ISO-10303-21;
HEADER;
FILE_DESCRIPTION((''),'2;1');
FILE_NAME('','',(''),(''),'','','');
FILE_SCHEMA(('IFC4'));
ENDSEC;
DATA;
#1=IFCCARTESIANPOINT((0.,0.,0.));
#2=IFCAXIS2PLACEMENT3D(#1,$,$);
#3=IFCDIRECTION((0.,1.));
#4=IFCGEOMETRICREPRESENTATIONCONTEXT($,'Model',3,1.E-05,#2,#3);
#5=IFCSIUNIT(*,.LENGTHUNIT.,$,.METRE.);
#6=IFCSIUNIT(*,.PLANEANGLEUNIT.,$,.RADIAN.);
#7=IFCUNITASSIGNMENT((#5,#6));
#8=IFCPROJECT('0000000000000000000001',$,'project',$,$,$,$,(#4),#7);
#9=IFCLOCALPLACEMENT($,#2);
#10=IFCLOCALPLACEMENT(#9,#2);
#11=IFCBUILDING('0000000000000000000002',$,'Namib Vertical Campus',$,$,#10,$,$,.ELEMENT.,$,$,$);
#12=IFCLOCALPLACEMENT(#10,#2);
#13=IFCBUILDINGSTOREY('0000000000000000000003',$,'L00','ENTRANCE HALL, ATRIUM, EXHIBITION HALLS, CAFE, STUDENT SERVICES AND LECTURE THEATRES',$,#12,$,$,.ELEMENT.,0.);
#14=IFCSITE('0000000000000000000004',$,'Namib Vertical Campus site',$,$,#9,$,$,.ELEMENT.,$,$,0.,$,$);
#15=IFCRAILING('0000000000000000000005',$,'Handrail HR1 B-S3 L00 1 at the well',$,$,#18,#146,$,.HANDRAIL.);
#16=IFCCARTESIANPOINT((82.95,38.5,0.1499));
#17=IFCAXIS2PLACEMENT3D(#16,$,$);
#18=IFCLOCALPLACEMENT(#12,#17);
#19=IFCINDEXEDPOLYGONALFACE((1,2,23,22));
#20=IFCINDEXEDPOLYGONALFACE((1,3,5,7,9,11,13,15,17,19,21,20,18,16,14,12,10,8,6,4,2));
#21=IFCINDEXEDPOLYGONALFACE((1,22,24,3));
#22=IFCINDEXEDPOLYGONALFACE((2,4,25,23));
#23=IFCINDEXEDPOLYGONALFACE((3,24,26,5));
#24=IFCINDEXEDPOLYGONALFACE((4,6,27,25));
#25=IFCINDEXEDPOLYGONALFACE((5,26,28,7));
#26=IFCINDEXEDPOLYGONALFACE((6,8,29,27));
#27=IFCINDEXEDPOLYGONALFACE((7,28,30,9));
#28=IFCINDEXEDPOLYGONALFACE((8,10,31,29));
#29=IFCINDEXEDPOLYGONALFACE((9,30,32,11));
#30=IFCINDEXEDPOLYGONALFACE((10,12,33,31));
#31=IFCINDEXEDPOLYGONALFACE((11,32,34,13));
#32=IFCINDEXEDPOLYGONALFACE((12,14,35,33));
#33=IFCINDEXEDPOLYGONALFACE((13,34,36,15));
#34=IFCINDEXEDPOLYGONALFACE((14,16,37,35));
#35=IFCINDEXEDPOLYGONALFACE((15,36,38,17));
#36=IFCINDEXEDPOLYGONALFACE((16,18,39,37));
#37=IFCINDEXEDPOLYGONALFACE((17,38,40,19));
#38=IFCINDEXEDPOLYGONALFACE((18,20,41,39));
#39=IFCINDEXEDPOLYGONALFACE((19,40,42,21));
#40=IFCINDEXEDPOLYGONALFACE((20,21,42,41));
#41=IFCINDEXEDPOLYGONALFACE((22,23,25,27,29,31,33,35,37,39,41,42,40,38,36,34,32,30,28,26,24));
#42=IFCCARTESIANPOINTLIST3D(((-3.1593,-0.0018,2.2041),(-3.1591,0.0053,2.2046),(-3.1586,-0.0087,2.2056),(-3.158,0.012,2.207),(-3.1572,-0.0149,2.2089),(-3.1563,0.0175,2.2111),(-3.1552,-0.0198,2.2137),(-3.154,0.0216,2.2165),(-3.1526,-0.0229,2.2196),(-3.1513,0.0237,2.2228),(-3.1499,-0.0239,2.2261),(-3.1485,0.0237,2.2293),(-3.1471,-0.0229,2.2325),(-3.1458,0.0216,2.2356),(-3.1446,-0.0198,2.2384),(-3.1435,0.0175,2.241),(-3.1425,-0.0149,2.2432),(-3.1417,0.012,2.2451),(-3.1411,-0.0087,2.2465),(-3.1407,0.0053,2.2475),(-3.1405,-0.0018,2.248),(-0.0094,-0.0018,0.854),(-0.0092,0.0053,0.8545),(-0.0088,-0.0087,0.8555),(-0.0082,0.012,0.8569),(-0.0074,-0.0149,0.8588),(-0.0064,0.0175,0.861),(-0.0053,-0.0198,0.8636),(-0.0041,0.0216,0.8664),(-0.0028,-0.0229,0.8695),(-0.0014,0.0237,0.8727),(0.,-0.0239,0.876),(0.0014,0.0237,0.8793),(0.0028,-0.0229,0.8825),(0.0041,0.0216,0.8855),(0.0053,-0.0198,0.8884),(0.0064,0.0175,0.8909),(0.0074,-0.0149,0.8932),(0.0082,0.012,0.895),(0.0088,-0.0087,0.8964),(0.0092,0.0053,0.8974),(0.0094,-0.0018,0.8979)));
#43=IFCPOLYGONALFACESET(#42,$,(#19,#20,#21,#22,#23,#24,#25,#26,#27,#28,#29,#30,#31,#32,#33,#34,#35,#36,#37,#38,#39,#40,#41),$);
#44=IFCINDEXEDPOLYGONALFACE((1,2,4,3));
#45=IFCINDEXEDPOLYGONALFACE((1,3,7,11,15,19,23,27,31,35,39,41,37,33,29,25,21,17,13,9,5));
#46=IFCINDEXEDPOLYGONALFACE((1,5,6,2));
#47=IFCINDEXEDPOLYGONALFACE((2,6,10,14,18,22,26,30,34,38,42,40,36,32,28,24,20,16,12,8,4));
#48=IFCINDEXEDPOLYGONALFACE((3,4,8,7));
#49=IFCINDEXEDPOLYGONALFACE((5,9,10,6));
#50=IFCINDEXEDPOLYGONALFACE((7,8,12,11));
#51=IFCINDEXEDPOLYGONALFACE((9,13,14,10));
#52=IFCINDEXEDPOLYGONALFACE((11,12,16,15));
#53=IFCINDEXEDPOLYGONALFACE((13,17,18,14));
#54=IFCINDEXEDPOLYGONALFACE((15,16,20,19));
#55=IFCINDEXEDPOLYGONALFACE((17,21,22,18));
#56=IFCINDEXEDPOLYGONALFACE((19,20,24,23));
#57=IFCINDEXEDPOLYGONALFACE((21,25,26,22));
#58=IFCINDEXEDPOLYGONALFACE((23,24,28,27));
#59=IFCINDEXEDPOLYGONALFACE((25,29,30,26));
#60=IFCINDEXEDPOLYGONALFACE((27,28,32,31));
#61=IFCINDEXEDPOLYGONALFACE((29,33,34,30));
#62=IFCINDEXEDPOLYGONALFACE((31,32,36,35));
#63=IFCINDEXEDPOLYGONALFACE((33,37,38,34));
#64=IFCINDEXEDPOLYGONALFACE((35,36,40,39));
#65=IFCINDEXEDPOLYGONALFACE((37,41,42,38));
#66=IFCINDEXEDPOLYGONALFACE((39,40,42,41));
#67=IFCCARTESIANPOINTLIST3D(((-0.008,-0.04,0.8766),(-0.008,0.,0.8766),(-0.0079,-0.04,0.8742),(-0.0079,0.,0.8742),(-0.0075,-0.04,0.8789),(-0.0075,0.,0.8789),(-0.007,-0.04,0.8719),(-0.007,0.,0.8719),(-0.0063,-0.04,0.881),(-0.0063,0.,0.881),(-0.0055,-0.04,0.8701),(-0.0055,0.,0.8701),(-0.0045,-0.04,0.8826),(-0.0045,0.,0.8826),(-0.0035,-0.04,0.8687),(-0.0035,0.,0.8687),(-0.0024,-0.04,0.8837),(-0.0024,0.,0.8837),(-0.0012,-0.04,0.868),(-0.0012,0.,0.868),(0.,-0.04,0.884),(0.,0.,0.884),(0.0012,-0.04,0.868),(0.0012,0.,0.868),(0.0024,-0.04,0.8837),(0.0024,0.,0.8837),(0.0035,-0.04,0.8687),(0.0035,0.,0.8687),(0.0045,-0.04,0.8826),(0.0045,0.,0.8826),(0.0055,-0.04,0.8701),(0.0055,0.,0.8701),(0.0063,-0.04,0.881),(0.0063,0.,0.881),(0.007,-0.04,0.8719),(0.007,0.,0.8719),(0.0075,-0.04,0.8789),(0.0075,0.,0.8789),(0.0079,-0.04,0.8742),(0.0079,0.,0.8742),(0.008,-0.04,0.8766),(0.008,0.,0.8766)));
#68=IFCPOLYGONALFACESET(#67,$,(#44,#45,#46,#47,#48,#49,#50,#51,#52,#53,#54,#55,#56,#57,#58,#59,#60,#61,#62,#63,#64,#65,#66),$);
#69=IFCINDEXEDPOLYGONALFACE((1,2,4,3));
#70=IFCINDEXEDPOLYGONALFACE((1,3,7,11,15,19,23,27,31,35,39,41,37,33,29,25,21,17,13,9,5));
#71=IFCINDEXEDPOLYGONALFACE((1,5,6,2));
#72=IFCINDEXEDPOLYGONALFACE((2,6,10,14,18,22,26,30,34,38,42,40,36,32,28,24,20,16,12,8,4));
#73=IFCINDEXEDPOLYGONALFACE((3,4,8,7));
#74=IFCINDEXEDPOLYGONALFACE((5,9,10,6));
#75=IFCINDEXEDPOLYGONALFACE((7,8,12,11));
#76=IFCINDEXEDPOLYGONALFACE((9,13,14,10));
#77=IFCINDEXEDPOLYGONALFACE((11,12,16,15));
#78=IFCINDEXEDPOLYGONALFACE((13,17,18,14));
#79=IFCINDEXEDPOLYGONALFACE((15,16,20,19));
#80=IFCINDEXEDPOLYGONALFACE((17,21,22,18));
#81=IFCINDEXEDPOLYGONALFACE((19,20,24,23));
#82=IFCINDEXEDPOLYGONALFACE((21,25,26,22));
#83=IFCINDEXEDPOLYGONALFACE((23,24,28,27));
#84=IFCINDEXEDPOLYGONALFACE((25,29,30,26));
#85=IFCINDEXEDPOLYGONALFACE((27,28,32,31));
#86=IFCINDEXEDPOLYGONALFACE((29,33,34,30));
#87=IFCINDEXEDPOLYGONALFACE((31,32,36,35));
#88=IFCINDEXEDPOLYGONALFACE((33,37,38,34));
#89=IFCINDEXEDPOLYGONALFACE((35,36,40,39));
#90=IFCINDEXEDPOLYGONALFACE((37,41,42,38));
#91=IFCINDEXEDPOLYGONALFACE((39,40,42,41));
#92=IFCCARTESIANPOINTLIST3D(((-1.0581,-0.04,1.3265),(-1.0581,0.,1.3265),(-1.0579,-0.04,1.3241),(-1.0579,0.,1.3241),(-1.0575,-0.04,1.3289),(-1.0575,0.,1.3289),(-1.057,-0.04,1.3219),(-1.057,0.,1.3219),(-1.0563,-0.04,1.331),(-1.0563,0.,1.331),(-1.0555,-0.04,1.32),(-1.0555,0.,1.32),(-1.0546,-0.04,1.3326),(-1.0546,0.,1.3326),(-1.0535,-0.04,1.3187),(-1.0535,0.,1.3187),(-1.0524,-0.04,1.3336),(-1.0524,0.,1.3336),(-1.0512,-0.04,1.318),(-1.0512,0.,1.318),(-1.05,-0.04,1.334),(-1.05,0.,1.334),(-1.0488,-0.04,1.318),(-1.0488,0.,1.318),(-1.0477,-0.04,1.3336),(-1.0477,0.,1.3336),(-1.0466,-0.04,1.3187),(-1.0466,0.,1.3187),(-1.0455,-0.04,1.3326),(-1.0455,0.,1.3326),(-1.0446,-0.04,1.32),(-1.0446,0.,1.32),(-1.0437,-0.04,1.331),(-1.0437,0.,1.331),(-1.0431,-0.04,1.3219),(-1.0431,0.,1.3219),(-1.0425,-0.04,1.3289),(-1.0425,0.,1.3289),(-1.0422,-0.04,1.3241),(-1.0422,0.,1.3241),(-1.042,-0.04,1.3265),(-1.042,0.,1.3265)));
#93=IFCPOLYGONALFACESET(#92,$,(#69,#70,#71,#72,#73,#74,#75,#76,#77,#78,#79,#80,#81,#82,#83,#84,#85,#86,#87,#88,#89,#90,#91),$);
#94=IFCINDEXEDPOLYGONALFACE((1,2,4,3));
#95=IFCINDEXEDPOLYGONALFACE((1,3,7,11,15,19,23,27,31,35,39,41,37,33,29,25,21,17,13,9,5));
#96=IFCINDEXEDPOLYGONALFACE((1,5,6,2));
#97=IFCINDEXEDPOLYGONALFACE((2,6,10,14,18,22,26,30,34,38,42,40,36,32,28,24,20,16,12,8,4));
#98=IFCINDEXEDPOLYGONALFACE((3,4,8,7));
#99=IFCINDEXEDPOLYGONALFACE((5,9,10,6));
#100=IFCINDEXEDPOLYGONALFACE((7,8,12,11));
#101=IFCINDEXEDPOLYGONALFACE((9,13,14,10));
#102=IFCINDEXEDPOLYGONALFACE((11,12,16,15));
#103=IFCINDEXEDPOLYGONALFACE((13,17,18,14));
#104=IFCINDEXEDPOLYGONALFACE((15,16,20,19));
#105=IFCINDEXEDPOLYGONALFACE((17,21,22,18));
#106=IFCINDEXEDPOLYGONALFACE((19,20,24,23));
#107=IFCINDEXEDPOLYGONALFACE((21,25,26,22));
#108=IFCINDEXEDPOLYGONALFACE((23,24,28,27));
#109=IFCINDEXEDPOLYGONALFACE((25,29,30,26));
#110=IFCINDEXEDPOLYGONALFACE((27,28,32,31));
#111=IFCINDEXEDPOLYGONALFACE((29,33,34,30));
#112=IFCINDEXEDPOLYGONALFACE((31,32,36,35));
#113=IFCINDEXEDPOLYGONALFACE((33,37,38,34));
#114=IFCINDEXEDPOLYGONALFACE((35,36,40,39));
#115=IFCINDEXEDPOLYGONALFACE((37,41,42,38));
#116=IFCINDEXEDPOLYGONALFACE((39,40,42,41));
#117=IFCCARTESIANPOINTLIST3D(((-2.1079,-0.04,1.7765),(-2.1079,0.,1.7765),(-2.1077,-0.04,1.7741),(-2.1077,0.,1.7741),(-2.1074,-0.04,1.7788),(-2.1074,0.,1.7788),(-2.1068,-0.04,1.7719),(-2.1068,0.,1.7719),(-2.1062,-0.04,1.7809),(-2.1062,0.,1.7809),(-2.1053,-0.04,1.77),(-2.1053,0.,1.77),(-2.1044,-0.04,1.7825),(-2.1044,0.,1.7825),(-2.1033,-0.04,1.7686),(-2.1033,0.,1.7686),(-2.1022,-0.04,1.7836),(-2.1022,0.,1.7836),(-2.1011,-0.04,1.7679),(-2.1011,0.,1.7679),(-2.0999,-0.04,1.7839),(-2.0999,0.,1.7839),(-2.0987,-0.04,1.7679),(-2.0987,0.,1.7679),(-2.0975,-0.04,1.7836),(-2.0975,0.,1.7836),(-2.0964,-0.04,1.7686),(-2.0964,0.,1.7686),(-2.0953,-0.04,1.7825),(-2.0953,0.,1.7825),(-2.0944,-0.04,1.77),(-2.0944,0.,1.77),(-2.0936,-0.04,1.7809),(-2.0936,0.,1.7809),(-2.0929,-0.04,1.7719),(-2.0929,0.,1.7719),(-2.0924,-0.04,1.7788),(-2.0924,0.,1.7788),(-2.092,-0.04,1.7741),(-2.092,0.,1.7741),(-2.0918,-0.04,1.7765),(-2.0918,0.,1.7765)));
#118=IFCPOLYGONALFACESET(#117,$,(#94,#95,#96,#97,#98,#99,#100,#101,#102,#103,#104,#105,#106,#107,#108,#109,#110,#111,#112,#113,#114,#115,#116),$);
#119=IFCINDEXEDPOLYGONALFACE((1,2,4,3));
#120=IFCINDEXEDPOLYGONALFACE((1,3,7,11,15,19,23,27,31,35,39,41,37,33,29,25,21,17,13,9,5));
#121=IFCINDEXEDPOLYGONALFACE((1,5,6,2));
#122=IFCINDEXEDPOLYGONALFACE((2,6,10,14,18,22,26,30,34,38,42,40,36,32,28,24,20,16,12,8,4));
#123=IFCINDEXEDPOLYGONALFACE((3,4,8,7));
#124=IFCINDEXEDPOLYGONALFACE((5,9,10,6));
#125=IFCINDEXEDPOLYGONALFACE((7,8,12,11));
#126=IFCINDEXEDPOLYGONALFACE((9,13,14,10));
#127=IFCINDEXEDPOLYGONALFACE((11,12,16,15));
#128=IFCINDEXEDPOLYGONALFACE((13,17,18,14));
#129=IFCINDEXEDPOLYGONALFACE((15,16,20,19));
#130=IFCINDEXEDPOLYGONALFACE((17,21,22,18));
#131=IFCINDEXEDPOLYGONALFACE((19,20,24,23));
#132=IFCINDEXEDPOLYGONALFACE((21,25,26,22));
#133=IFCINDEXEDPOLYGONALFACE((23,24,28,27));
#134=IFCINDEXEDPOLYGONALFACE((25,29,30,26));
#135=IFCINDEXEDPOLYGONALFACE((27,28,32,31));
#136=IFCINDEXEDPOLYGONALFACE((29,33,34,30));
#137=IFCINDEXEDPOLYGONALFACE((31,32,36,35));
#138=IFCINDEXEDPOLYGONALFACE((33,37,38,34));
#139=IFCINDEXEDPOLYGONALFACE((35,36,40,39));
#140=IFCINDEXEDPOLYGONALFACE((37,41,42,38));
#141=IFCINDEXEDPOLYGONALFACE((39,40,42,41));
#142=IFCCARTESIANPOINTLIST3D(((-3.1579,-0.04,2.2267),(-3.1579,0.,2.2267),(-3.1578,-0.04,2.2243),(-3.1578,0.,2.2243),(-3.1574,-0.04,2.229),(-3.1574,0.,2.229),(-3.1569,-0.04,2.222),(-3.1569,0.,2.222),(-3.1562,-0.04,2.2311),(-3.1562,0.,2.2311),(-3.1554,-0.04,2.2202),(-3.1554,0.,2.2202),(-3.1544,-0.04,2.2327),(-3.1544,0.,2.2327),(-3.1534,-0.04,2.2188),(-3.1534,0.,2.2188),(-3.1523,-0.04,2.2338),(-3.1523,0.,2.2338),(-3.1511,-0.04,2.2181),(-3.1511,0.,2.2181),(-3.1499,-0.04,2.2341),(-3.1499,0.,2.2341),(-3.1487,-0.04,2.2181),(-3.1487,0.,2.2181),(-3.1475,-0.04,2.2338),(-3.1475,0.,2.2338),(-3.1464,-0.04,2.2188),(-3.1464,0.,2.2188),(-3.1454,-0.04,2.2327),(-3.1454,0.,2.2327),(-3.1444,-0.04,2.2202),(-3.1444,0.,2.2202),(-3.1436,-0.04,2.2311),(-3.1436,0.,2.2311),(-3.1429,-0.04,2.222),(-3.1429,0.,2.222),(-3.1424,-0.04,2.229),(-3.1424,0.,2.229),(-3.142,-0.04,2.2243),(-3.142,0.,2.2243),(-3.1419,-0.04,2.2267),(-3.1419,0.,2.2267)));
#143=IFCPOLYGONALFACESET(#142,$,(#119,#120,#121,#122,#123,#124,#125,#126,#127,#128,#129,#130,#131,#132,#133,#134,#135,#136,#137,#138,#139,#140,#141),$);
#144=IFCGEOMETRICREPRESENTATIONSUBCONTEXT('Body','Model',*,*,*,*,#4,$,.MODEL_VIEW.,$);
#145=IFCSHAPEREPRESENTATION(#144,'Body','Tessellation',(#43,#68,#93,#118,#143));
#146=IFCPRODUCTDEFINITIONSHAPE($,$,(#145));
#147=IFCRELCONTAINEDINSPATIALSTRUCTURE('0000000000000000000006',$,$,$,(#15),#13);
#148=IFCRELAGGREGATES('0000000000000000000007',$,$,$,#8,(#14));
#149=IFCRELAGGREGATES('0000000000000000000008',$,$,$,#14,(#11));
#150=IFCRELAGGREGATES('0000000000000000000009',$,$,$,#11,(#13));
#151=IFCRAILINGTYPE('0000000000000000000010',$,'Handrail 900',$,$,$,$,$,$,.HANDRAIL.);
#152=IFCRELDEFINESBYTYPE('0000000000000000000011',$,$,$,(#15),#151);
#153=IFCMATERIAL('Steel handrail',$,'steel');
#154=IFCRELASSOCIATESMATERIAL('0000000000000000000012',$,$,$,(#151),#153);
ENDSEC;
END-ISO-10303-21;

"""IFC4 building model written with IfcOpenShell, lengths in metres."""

from ifc_helpers import new_model, si_unit, direction, frame, origin, origin_2d, place, context, subcontext, project, spatial, circle, extrude, material, type_object, element, save


model = new_model("IFC4")

# Units and contexts
model_context = context("Model", 3, precision=1e-05, world=origin(), true_north=direction((0.0, 1.0)))
body_context = subcontext(model_context, "Body", "Model", "MODEL_VIEW")
ifc_project = project(units=[si_unit("LENGTHUNIT", "METRE"), si_unit("PLANEANGLEUNIT", "RADIAN")], contexts=[model_context])

# Site, building, storey
site_placement = place(None, origin())
site = spatial("IfcSite", under=ifc_project, at=site_placement, Name="Namib Vertical Campus site", CompositionType="ELEMENT", RefElevation=0.0)
building_placement = place(site_placement, origin())
building = spatial("IfcBuilding", under=site, at=building_placement, Name="Namib Vertical Campus", CompositionType="ELEMENT")
storey_placement = place(building_placement, origin())
storey = spatial("IfcBuildingStorey", under=building, at=storey_placement, Name="L00", Description="ENTRANCE HALL, ATRIUM, EXHIBITION HALLS, CAFE, STUDENT SERVICES AND LECTURE THEATRES", CompositionType="ELEMENT", Elevation=0.0)

# Railing
ifc_material_1 = material(Name="Steel handrail", Category="steel")
railing_type_1 = type_object("IfcRailingType", Name="Handrail 900", PredefinedType="HANDRAIL", material=ifc_material_1)
for number, where, name in (
    (1, (82.95, 38.5, 0.1499), "Handrail HR1 B-S3 L00 1 at the well"),
):
    element("IfcRailing", number, at=place(storey_placement, frame(where)), inside=storey, type_object=railing_type_1, Name=name, PredefinedType="HANDRAIL", context=body_context, shape_type="SweptSolid", body=[
        extrude(circle(Radius=0.0239, at=origin_2d()), frame((0.0, 0.0, 0.876), z_axis=(-0.91913, 0.0, 0.393954), x_axis=(0.0, -1.0, 0.0)), (0.0, 0.0, 1.0), 3.427),
        extrude(circle(Radius=0.0081, at=origin_2d()), frame((0.0, 0.0, 0.876), z_axis=(0.0, -1.0, 0.0), x_axis=(0.0, 0.0, 1.0)), (0.0, 0.0, 1.0), 0.04),
        extrude(circle(Radius=0.0081, at=origin_2d()), frame((-1.05, 0.0, 1.3259), z_axis=(0.0, -1.0, 0.0), x_axis=(0.0, 0.0, 1.0)), (0.0, 0.0, 1.0), 0.04),
        extrude(circle(Radius=0.0081, at=origin_2d()), frame((-2.0999, 0.0, 1.7759), z_axis=(0.0, -1.0, 0.0), x_axis=(0.0, 0.0, 1.0)), (0.0, 0.0, 1.0), 0.04),
        extrude(circle(Radius=0.0081, at=origin_2d()), frame((-3.1499, 0.0, 2.2261), z_axis=(0.0, -1.0, 0.0), x_axis=(0.0, 0.0, 1.0)), (0.0, 0.0, 1.0), 0.04),
    ])

save(model, "model.ifc")
